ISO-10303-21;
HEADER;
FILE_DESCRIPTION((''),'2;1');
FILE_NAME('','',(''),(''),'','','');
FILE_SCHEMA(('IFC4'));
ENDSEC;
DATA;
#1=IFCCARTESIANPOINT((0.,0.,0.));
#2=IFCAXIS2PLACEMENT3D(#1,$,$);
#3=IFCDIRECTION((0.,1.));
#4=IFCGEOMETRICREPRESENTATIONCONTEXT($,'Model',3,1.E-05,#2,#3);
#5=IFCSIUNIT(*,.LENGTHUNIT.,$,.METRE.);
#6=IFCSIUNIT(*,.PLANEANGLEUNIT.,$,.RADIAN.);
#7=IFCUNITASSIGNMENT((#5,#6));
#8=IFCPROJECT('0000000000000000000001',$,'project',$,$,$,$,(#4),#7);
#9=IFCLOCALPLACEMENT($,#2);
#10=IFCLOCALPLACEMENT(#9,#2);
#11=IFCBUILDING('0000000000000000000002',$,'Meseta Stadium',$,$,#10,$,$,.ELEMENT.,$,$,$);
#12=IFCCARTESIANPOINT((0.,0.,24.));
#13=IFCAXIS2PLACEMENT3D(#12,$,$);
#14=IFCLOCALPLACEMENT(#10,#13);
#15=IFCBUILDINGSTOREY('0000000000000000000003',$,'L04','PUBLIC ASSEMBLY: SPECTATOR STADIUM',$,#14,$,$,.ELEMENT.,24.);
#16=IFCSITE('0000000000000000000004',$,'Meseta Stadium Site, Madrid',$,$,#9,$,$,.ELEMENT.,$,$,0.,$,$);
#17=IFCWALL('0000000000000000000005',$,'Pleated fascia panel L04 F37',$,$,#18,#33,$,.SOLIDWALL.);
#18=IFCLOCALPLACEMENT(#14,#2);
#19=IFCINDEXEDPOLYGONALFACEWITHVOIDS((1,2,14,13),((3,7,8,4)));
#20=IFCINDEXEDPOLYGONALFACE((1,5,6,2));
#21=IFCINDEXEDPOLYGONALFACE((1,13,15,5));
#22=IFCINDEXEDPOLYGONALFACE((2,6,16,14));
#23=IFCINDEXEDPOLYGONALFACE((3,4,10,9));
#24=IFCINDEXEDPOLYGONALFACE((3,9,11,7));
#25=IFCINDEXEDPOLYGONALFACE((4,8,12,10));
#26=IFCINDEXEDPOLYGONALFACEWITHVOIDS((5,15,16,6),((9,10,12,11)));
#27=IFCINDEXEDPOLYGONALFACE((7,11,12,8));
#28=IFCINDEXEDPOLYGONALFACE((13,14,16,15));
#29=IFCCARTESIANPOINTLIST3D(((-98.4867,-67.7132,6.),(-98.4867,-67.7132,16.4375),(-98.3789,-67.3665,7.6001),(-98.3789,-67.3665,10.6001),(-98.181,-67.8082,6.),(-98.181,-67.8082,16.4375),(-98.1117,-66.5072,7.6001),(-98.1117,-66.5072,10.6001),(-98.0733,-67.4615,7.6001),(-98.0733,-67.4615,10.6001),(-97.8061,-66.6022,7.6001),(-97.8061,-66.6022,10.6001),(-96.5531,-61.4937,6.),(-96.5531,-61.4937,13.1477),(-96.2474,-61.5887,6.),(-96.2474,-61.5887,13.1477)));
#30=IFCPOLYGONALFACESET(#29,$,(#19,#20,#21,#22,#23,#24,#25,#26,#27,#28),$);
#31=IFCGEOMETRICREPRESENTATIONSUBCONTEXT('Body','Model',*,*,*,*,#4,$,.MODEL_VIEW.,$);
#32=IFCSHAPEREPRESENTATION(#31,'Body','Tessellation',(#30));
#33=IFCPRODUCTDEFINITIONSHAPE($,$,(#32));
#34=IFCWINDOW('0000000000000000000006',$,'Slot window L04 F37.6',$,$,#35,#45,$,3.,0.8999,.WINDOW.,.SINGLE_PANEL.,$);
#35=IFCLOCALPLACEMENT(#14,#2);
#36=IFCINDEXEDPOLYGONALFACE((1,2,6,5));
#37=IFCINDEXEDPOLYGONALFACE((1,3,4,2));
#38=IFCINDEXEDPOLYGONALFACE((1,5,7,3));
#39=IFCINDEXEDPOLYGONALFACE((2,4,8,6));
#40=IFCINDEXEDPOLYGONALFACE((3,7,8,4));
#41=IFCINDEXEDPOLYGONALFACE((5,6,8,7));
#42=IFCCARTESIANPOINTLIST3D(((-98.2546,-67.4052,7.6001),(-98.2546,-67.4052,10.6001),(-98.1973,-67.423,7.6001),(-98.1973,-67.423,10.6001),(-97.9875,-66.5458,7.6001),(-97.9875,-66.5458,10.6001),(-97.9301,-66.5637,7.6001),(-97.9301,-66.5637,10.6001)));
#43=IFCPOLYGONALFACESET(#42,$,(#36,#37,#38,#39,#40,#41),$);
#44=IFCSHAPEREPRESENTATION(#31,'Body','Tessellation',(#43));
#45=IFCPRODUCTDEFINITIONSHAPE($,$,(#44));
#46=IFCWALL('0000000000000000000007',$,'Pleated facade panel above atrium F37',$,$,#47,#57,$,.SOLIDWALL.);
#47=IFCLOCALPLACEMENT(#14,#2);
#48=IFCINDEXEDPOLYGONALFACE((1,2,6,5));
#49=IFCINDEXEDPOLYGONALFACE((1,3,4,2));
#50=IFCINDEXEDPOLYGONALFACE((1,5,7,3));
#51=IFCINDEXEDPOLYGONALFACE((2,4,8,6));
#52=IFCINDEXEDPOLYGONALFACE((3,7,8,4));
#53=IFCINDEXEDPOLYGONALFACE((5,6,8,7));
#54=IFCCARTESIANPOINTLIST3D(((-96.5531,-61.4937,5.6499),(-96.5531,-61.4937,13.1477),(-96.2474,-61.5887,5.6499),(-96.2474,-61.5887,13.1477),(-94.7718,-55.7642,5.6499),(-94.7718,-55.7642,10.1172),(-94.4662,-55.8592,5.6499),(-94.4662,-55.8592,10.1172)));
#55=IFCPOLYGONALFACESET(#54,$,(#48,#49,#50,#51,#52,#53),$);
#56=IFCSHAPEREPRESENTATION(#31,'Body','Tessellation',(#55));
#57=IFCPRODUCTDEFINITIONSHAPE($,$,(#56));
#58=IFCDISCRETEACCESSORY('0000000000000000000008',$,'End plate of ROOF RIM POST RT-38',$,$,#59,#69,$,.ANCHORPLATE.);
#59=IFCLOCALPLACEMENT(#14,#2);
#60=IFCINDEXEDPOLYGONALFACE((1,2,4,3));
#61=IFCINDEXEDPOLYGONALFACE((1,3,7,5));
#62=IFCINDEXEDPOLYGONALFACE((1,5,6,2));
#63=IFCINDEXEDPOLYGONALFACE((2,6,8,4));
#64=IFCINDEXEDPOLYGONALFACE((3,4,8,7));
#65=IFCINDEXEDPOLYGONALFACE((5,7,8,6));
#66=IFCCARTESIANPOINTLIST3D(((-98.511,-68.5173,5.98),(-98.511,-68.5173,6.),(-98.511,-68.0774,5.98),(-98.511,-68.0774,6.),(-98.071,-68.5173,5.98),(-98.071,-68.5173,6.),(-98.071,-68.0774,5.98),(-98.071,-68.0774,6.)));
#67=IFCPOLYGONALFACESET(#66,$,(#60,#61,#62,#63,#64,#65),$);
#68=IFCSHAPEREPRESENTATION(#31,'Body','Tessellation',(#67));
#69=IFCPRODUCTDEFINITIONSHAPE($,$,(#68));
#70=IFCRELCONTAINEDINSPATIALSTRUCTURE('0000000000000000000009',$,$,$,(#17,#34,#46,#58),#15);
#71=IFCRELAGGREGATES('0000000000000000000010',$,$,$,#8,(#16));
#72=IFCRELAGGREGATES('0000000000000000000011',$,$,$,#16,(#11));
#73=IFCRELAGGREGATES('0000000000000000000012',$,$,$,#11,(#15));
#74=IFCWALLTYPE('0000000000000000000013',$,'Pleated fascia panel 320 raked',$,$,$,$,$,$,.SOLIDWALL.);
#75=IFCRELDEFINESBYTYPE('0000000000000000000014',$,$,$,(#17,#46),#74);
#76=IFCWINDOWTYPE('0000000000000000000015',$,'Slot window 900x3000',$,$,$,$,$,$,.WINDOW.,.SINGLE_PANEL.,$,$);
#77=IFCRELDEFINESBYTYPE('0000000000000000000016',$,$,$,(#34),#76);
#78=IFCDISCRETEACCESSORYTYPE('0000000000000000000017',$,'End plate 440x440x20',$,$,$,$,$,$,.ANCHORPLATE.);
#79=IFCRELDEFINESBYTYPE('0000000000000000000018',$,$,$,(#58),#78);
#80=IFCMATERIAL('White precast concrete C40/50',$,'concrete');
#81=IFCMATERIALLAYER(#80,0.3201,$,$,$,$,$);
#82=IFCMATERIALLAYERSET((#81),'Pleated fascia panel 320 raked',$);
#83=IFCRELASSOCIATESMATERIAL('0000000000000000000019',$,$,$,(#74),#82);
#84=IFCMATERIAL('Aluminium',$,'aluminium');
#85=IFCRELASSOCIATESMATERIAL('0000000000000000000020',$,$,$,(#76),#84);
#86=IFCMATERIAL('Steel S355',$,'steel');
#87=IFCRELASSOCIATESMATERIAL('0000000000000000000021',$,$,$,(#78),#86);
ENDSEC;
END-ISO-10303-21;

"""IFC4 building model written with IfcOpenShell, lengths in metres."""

from ifc_helpers import new_model, si_unit, direction, frame, frame_2d, origin, origin_2d, place, context, subcontext, project, spatial, polyline, rectangle, outline, extrude, material, layer, layer_set, material_profile, profile_set, type_object, element, fill, save


model = new_model("IFC4")

# Units and contexts
model_context = context("Model", 3, precision=1e-05, world=origin(), true_north=direction((0.0, 1.0)))
body_context = subcontext(model_context, "Body", "Model", "MODEL_VIEW")
ifc_project = project(units=[si_unit("LENGTHUNIT", "METRE"), si_unit("PLANEANGLEUNIT", "RADIAN")], contexts=[model_context])

# Site, building, storey
site_placement = place(None, origin())
site = spatial("IfcSite", under=ifc_project, at=site_placement, Name="Meseta Stadium Site, Madrid", CompositionType="ELEMENT", RefElevation=0.0)
building_placement = place(site_placement, origin())
building = spatial("IfcBuilding", under=site, at=building_placement, Name="Meseta Stadium", CompositionType="ELEMENT")
storey_placement = place(building_placement, frame((0.0, 0.0, 24.0)))
storey = spatial("IfcBuildingStorey", under=building, at=storey_placement, Name="L04", Description="PUBLIC ASSEMBLY: SPECTATOR STADIUM", CompositionType="ELEMENT", Elevation=24.0)

# Wall, opening, window
ifc_material_1 = material(Name="White precast concrete C40/50", Category="concrete")
ifc_layer_1 = layer(ifc_material_1, 0.3201)
ifc_layer_set_1 = layer_set([ifc_layer_1], Name="Pleated fascia panel 320 raked")
wall_type_1 = type_object("IfcWallType", Name="Pleated fascia panel 320 raked", PredefinedType="SOLIDWALL", material=ifc_layer_set_1)
wall_1_placement = place(storey_placement, frame((-98.3337, -67.7607, 6.0), z_axis=(0.0, 0.0, 1.0), x_axis=(0.296877, 0.954916, 0.0)))
wall_1 = element("IfcWall", 1, at=wall_1_placement, inside=storey, type_object=wall_type_1, Name="Pleated fascia panel L04 F37", PredefinedType="SOLIDWALL", context=body_context, shape_type="SweptSolid", body=[
    extrude(outline(polyline([(0.0, 0.0), (6.5132, 0.0), (6.5132, 7.1477), (0.0, 10.4375), (0.0, 0.0)])), frame((0.0, 0.1602, 0.0), z_axis=(0.0, -1.0, 0.0), x_axis=(1.0, 0.0, 0.0)), (0.0, 0.0, 1.0), 0.3201),
])
opening_1_placement = place(wall_1_placement, frame((0.363, 0.0, 1.6001)))
opening_1 = element("IfcOpeningElement", 2, at=opening_1_placement, cuts=wall_1, PredefinedType="OPENING", context=body_context, shape_type="SweptSolid", body=[
    extrude(rectangle(XDim=0.8999, YDim=3.0, at=frame_2d((0.45, 1.5))), frame((0.0, 0.1699, 0.0), z_axis=(0.0, -1.0, 0.0), x_axis=(1.0, 0.0, 0.0)), (0.0, 0.0, 1.0), 0.3401),
])
ifc_material_2 = material(Name="Aluminium", Category="aluminium")
window_type = type_object("IfcWindowType", Name="Slot window 900x3000", PartitioningType="SINGLE_PANEL", PredefinedType="WINDOW", material=ifc_material_2)
window_placement = place(opening_1_placement, origin())
window = element("IfcWindow", 3, at=window_placement, inside=storey, type_object=window_type, Name="Slot window L04 F37.6", OverallHeight=3.0, OverallWidth=0.8999, PartitioningType="SINGLE_PANEL", PredefinedType="WINDOW", context=body_context, shape_type="SweptSolid", body=[
    extrude(rectangle(XDim=0.8999, YDim=3.0, at=frame_2d((0.45, 1.5))), frame((0.0, 0.03, 0.0), z_axis=(0.0, -1.0, 0.0), x_axis=(1.0, 0.0, 0.0)), (0.0, 0.0, 1.0), 0.0601),
])
fill(opening_1, window)

# Wall
wall_2_placement = place(storey_placement, frame((-96.4001, -61.5413, 5.6499), z_axis=(0.0, 0.0, 1.0), x_axis=(0.296875, 0.954916, 0.0)))
element("IfcWall", 4, at=wall_2_placement, inside=storey, type_object=wall_type_1, Name="Pleated facade panel above atrium F37", PredefinedType="SOLIDWALL", context=body_context, shape_type="SweptSolid", body=[
    extrude(outline(polyline([(0.0, 0.0), (6.0, 0.0), (6.0, 4.4673), (0.0, 7.4978), (0.0, 0.0)])), frame((0.0, 0.1602, 0.0), z_axis=(0.0, -1.0, 0.0), x_axis=(1.0, 0.0, 0.0)), (0.0, 0.0, 1.0), 0.3201),
])

# Discrete accessory
ifc_material_3 = material(Name="Steel S355", Category="steel")
ifc_material_profile_1 = material_profile(ifc_material_3, rectangle(XDim=0.4399, YDim=0.4399, at=origin_2d()), Name="PL 440x440")
ifc_profile_set_1 = profile_set([ifc_material_profile_1], Name="Steel S355")
discrete_accessory_type = type_object("IfcDiscreteAccessoryType", Name="End plate 440x440x20", PredefinedType="ANCHORPLATE", material=ifc_profile_set_1)
discrete_accessory_placement = place(storey_placement, frame((-98.291, -68.2974, 5.98), z_axis=(0.0, 0.0, 1.0), x_axis=(1.0, 0.0, 0.0)))
element("IfcDiscreteAccessory", 5, at=discrete_accessory_placement, inside=storey, type_object=discrete_accessory_type, Name="End plate of ROOF RIM POST RT-38", PredefinedType="ANCHORPLATE", context=body_context, shape_type="SweptSolid", body=[
    extrude(rectangle(XDim=0.4399, YDim=0.4399, at=origin_2d()), origin(), (0.0, 0.0, 1.0), 0.02),
])

save(model, "model.ifc")
